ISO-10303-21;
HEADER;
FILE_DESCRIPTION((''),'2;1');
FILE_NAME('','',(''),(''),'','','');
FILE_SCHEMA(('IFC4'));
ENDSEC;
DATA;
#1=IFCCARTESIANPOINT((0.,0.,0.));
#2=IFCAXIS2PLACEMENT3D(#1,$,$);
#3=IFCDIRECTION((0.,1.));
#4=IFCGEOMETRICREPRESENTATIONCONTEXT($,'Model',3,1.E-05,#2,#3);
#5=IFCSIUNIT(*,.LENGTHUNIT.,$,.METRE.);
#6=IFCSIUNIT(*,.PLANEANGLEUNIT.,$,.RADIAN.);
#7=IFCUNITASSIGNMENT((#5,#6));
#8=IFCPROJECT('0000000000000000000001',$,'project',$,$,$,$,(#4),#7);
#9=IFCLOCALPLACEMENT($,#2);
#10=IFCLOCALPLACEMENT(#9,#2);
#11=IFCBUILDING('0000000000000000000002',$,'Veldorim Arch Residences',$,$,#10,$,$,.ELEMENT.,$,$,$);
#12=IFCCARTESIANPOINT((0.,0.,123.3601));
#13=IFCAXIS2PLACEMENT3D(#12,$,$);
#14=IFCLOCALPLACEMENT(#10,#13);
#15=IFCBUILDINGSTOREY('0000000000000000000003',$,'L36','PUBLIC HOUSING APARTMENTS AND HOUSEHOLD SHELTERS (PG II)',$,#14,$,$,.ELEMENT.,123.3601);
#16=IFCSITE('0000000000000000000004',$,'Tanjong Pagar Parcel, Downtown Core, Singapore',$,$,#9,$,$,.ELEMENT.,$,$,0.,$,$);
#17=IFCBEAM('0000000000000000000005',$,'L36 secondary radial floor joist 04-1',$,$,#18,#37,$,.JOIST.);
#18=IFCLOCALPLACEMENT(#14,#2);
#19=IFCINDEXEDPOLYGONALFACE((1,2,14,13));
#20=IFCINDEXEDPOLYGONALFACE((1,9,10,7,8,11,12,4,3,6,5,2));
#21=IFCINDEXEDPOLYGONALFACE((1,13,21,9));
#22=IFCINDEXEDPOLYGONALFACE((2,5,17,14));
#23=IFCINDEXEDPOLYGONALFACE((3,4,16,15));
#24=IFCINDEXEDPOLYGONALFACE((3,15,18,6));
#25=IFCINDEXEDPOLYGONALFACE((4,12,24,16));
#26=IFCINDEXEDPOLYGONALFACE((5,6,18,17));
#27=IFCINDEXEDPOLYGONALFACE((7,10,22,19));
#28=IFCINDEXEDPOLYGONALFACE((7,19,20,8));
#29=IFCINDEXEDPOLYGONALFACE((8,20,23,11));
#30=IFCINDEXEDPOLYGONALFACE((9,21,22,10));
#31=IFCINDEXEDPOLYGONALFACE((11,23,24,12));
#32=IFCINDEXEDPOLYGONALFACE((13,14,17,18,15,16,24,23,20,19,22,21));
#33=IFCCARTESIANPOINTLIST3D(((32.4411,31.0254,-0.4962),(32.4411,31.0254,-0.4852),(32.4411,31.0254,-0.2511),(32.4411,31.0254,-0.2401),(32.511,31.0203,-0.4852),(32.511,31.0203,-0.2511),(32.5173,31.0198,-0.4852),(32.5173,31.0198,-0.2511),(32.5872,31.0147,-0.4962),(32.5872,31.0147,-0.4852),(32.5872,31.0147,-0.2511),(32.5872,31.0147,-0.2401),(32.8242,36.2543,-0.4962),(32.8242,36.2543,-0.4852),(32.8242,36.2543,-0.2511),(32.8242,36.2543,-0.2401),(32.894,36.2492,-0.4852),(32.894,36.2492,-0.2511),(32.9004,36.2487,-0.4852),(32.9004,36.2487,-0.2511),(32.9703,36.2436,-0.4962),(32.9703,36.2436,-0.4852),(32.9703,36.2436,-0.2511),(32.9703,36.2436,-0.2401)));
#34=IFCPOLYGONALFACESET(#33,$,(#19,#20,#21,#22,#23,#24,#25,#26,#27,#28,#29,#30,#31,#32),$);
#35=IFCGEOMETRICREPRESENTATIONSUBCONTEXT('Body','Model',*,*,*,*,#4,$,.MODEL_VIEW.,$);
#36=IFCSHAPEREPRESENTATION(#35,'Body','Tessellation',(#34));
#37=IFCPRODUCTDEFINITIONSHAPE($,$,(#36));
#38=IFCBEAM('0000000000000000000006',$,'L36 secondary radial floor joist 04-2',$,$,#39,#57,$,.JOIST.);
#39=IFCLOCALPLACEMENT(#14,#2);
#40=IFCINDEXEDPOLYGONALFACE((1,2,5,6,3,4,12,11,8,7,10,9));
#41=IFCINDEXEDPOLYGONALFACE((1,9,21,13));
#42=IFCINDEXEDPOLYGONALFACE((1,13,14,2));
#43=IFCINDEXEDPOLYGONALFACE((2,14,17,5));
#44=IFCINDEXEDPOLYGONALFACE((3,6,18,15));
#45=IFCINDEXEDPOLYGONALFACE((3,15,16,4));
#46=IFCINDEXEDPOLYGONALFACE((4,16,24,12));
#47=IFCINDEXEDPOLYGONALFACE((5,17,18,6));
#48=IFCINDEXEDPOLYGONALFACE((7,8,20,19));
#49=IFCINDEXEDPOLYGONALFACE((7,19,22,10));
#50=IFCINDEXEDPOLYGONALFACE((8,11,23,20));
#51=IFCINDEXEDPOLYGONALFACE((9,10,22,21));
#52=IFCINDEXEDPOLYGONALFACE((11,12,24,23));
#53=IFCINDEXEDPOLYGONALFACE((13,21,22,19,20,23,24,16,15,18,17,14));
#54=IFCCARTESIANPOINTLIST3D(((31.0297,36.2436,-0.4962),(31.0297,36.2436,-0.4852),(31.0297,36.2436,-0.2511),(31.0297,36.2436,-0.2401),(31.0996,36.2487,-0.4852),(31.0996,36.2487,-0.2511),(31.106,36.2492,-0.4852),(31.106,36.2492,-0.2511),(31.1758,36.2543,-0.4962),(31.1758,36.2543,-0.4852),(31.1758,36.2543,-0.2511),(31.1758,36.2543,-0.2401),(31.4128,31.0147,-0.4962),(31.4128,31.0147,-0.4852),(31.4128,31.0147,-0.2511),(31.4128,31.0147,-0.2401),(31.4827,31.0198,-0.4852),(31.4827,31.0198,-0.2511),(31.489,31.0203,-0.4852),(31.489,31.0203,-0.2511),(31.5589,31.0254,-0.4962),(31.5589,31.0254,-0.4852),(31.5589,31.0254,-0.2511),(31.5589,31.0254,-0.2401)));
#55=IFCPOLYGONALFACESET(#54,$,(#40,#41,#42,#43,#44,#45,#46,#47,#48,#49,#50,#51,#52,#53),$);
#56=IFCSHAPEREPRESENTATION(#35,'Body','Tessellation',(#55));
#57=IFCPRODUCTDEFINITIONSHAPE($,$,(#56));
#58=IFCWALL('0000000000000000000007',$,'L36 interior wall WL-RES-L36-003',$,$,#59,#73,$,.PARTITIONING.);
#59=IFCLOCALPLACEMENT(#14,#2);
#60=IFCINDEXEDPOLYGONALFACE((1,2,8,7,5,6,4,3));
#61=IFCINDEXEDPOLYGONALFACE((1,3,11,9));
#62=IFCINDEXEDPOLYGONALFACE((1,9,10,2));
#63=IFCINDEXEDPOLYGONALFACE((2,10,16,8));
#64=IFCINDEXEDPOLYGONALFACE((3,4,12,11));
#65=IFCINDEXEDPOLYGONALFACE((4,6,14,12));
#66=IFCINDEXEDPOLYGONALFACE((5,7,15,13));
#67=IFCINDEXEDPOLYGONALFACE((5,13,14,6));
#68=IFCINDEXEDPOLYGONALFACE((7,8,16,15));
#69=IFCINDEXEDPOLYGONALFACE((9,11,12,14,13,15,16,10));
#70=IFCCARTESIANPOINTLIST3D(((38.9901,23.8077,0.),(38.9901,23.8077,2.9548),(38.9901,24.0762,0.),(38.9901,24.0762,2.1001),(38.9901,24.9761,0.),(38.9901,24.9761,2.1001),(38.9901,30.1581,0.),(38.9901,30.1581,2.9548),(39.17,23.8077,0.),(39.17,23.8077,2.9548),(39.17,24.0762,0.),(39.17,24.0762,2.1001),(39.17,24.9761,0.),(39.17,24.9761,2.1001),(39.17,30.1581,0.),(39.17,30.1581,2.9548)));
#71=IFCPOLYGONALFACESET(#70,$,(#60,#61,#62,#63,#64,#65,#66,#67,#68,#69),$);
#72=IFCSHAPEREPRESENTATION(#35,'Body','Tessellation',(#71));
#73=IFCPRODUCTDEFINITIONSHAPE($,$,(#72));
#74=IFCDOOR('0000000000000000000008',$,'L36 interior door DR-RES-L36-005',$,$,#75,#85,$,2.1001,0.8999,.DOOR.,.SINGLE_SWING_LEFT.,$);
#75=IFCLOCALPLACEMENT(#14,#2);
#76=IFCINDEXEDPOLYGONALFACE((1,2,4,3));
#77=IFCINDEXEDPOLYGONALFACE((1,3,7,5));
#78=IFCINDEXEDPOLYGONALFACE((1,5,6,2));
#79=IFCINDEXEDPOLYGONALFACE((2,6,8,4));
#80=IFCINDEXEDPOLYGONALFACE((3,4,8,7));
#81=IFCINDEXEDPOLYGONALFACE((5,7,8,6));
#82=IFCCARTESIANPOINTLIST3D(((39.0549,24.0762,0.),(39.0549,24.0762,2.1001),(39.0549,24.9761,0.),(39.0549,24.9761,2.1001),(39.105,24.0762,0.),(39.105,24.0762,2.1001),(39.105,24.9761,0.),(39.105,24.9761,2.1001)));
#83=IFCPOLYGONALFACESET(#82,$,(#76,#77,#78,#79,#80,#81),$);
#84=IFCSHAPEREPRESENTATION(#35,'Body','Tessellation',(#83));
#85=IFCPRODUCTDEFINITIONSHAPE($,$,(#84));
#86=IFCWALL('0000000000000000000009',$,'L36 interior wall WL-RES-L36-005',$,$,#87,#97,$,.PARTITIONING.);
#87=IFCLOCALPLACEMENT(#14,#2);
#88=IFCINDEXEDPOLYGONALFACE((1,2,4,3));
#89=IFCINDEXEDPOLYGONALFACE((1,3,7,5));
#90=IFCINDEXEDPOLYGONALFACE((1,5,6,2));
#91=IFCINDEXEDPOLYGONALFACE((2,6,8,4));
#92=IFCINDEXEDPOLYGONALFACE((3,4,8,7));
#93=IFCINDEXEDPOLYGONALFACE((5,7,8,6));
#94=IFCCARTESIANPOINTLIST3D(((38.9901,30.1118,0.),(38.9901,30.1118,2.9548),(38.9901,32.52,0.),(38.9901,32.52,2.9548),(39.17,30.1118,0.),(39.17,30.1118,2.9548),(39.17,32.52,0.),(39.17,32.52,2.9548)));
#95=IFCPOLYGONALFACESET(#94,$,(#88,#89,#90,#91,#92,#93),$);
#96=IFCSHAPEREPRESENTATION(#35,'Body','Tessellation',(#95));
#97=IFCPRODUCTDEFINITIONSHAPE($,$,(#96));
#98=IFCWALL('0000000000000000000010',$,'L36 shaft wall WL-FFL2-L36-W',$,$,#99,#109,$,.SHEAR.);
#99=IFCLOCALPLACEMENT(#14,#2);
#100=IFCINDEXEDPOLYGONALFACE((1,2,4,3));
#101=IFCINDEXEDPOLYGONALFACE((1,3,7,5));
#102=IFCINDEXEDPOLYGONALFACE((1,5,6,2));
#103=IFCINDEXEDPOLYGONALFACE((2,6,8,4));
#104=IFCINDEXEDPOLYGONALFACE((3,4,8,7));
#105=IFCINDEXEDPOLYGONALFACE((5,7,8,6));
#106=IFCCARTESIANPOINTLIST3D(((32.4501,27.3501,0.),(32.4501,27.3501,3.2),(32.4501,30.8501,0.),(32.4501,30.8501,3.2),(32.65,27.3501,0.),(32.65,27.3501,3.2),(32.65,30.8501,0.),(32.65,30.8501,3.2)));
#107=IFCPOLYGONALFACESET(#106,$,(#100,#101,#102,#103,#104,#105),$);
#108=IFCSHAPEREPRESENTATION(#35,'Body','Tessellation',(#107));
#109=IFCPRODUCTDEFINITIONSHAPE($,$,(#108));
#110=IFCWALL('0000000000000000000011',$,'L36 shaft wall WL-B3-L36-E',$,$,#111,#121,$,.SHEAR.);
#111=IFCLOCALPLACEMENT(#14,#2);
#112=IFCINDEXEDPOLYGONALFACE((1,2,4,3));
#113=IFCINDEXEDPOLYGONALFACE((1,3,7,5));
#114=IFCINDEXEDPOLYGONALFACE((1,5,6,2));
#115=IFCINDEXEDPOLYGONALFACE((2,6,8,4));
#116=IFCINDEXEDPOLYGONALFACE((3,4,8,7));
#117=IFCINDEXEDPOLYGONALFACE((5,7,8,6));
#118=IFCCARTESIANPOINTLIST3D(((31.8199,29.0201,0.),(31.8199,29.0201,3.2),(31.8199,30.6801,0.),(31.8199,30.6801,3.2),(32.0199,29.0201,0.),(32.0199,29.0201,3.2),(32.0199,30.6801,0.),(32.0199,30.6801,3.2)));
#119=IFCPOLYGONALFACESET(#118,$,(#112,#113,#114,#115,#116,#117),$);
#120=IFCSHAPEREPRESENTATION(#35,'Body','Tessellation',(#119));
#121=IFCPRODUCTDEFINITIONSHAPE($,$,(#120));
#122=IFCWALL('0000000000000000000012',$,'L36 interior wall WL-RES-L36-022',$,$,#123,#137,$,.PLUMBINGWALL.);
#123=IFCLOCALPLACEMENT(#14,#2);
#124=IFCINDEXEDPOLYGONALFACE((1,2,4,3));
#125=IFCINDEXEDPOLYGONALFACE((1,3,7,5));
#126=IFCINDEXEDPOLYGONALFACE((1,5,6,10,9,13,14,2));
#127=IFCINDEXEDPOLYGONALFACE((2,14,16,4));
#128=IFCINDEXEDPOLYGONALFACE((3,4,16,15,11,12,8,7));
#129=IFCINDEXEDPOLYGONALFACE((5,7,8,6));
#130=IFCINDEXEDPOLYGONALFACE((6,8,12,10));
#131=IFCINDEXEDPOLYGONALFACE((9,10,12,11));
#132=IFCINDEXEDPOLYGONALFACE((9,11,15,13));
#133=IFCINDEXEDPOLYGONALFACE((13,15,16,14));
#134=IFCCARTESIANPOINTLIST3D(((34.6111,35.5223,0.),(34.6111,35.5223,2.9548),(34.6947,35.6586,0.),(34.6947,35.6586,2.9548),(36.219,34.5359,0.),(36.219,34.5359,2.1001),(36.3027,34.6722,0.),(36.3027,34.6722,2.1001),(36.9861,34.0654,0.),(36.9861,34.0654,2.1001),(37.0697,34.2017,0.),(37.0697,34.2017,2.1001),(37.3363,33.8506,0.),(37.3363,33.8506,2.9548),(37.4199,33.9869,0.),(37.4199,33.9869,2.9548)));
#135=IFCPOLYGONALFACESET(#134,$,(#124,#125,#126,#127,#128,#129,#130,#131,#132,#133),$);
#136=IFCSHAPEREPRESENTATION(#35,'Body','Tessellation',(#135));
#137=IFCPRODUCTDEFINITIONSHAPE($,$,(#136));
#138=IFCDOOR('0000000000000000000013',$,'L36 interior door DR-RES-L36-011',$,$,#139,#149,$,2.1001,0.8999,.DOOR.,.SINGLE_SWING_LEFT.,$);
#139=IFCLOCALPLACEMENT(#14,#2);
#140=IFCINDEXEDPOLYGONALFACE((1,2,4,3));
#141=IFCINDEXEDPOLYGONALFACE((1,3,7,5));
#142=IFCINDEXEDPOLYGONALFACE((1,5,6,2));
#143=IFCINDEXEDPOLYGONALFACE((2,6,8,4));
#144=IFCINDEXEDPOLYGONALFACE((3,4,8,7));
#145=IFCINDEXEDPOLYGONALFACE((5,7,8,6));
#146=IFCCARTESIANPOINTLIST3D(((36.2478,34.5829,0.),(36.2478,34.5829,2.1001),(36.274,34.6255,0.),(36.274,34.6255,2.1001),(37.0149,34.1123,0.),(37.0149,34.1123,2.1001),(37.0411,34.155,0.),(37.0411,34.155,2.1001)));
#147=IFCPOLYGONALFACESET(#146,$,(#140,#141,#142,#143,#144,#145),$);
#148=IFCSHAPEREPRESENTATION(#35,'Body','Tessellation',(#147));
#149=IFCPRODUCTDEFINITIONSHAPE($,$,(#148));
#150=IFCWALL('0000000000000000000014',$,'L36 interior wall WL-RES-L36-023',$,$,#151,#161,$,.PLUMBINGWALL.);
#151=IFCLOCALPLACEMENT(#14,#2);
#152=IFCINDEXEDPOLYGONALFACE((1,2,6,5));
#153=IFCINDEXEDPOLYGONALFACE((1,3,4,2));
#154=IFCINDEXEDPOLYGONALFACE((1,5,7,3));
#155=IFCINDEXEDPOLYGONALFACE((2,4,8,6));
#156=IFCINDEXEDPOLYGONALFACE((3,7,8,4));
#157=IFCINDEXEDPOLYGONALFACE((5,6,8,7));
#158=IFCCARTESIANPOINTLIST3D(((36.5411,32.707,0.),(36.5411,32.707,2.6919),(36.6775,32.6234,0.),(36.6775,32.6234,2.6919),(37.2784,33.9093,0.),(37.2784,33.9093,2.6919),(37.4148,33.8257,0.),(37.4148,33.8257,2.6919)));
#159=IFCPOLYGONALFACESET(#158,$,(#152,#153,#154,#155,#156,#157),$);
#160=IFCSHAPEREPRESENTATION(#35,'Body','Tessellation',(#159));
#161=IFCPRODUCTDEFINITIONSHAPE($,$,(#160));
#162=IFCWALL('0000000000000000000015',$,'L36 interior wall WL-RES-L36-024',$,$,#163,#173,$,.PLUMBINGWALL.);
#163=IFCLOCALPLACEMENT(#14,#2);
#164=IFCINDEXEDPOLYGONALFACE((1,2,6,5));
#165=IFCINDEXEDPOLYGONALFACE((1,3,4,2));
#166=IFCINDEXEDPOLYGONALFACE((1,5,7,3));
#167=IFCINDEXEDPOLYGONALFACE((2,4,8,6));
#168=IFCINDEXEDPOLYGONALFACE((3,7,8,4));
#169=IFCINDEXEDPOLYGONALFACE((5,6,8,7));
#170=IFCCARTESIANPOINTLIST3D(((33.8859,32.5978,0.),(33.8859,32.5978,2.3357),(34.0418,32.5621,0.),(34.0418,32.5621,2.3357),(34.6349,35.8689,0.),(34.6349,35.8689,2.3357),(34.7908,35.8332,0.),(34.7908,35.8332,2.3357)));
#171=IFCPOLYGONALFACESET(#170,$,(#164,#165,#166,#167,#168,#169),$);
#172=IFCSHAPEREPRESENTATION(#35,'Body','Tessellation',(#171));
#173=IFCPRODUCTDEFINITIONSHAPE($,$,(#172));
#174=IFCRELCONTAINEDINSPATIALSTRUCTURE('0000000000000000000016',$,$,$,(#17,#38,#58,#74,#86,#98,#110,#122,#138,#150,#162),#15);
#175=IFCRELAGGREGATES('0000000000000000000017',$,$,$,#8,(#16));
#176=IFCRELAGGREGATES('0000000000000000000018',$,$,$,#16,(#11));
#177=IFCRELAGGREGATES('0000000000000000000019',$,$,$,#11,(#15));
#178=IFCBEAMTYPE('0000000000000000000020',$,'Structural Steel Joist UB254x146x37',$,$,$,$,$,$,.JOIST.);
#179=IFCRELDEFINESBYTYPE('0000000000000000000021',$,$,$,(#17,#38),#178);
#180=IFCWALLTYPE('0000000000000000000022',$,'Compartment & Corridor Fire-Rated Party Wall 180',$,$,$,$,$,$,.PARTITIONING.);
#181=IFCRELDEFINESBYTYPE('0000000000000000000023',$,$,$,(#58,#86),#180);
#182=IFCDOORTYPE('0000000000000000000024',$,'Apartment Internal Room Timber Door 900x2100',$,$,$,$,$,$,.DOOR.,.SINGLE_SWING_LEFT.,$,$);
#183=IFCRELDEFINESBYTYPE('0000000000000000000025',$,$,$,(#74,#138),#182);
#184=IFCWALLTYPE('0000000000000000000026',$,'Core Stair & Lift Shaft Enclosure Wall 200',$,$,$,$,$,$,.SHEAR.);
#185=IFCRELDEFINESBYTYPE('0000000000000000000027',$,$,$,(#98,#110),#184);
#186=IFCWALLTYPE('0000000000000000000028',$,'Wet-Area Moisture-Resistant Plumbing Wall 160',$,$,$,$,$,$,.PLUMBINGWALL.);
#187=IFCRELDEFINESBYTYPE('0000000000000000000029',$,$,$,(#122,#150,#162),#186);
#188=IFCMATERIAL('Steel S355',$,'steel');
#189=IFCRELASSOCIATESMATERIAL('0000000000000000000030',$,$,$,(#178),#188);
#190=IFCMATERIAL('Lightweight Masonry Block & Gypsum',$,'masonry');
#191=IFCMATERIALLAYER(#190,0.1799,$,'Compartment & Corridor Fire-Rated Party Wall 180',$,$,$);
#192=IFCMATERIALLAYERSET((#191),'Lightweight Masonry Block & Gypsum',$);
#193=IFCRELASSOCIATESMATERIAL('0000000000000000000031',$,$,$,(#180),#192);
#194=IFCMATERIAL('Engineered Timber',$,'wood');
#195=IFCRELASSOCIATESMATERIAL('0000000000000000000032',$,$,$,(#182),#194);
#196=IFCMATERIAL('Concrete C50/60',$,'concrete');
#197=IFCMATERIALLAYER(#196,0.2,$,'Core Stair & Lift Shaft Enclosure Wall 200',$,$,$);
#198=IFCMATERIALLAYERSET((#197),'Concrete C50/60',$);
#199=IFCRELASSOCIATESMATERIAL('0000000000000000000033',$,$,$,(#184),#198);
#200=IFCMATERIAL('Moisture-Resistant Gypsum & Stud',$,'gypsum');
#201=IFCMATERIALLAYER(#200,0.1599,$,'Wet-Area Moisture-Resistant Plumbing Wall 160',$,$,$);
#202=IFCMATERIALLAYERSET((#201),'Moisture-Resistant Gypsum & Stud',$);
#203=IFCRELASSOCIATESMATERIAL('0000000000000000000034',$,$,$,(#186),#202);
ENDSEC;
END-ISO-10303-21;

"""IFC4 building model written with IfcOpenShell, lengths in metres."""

from ifc_helpers import new_model, si_unit, direction, frame, frame_2d, origin, origin_2d, place, context, subcontext, project, spatial, rectangle, i_section, extrude, material, layer, layer_set, material_profile, profile_set, type_object, element, fill, save


model = new_model("IFC4")

# Units and contexts
model_context = context("Model", 3, precision=1e-05, world=origin(), true_north=direction((0.0, 1.0)))
body_context = subcontext(model_context, "Body", "Model", "MODEL_VIEW")
ifc_project = project(units=[si_unit("LENGTHUNIT", "METRE"), si_unit("PLANEANGLEUNIT", "RADIAN")], contexts=[model_context])

# Site, building, storey
site_placement = place(None, origin())
site = spatial("IfcSite", under=ifc_project, at=site_placement, Name="Tanjong Pagar Parcel, Downtown Core, Singapore", CompositionType="ELEMENT", RefElevation=0.0)
building_placement = place(site_placement, origin())
building = spatial("IfcBuilding", under=site, at=building_placement, Name="Veldorim Arch Residences", CompositionType="ELEMENT")
storey_placement = place(building_placement, frame((0.0, 0.0, 123.3601)))
storey = spatial("IfcBuildingStorey", under=building, at=storey_placement, Name="L36", Description="PUBLIC HOUSING APARTMENTS AND HOUSEHOLD SHELTERS (PG II)", CompositionType="ELEMENT", Elevation=123.3601)

# Beams
ifc_material_1 = material(Name="Steel S355", Category="steel")
ifc_material_profile_1 = material_profile(ifc_material_1, i_section(OverallWidth=0.1465, OverallDepth=0.2561, WebThickness=0.0063, FlangeThickness=0.011, at=origin_2d()), Name="UB254x146x37")
ifc_profile_set_1 = profile_set([ifc_material_profile_1], Name="Steel S355")
beam_type_1 = type_object("IfcBeamType", Name="Structural Steel Joist UB254x146x37", PredefinedType="JOIST", material=ifc_profile_set_1)
for number, where, z_axis, x_axis, name in (
    (1, (32.5142, 31.02, -0.3682), (0.07306, 0.997328, 0.0), (-0.997328, 0.07306, 0.0), "L36 secondary radial floor joist 04-1"),
    (2, (31.4858, 31.02, -0.3682), (-0.07306, 0.997328, 0.0), (-0.997328, -0.07306, 0.0), "L36 secondary radial floor joist 04-2"),
):
    element("IfcBeam", number, at=place(storey_placement, frame(where, z_axis=z_axis, x_axis=x_axis)), inside=storey, type_object=beam_type_1, Name=name, PredefinedType="JOIST", context=body_context, shape_type="SweptSolid", body=[
        extrude(i_section(OverallWidth=0.1465, OverallDepth=0.2561, WebThickness=0.0063, FlangeThickness=0.011, at=origin_2d()), origin(), (0.0, 0.0, 1.0), 5.2429),
    ])

# Wall, opening, door
ifc_material_2 = material(Name="Lightweight Masonry Block & Gypsum", Category="masonry")
ifc_layer_1 = layer(ifc_material_2, 0.1799, Name="Compartment & Corridor Fire-Rated Party Wall 180")
ifc_layer_set_1 = layer_set([ifc_layer_1], Name="Lightweight Masonry Block & Gypsum")
wall_type_1 = type_object("IfcWallType", Name="Compartment & Corridor Fire-Rated Party Wall 180", PredefinedType="PARTITIONING", material=ifc_layer_set_1)
wall_1_placement = place(storey_placement, frame((39.0801, 30.1582, 0.0), z_axis=(0.0, 0.0, 1.0), x_axis=(0.0, -1.0, 0.0)))
wall_1 = element("IfcWall", 3, at=wall_1_placement, inside=storey, type_object=wall_type_1, Name="L36 interior wall WL-RES-L36-003", PredefinedType="PARTITIONING", context=body_context, shape_type="SweptSolid", body=[
    extrude(rectangle(XDim=6.3503, YDim=0.1799, at=frame_2d((3.1753, 0.0))), origin(), (0.0, 0.0, 1.0), 2.9548),
])
opening_1_placement = place(wall_1_placement, frame((5.1821, 0.0, 0.0)))
opening_1 = element("IfcOpeningElement", 4, at=opening_1_placement, cuts=wall_1, PredefinedType="OPENING", context=body_context, shape_type="SweptSolid", body=[
    extrude(rectangle(XDim=0.8999, YDim=2.1001, at=frame_2d((0.45, 1.05))), frame((0.0, 0.0999, 0.0), z_axis=(0.0, -1.0, 0.0), x_axis=(1.0, 0.0, 0.0)), (0.0, 0.0, 1.0), 0.2),
])
ifc_material_3 = material(Name="Engineered Timber", Category="wood")
door_type_1 = type_object("IfcDoorType", Name="Apartment Internal Room Timber Door 900x2100", OperationType="SINGLE_SWING_LEFT", PredefinedType="DOOR", material=ifc_material_3)
door_1_placement = place(opening_1_placement, origin())
door_1 = element("IfcDoor", 5, at=door_1_placement, inside=storey, type_object=door_type_1, Name="L36 interior door DR-RES-L36-005", OperationType="SINGLE_SWING_LEFT", OverallHeight=2.1001, OverallWidth=0.8999, PredefinedType="DOOR", context=body_context, shape_type="SweptSolid", body=[
    extrude(rectangle(XDim=0.8999, YDim=2.1001, at=frame_2d((0.45, 1.05))), frame((0.0, 0.0249, 0.0), z_axis=(0.0, -1.0, 0.0), x_axis=(1.0, 0.0, 0.0)), (0.0, 0.0, 1.0), 0.05),
])
fill(opening_1, door_1)

# Wall
wall_2_placement = place(storey_placement, frame((39.0801, 32.52, 0.0), z_axis=(0.0, 0.0, 1.0), x_axis=(0.0, -1.0, 0.0)))
element("IfcWall", 6, at=wall_2_placement, inside=storey, type_object=wall_type_1, Name="L36 interior wall WL-RES-L36-005", PredefinedType="PARTITIONING", context=body_context, shape_type="SweptSolid", body=[
    extrude(rectangle(XDim=2.4082, YDim=0.1799, at=frame_2d((1.2041, 0.0))), origin(), (0.0, 0.0, 1.0), 2.9548),
])

# Shared definitions
ifc_material_4 = material(Name="Concrete C50/60", Category="concrete")
ifc_layer_2 = layer(ifc_material_4, 0.2, Name="Core Stair & Lift Shaft Enclosure Wall 200")
ifc_layer_set_2 = layer_set([ifc_layer_2], Name="Concrete C50/60")
wall_type_2 = type_object("IfcWallType", Name="Core Stair & Lift Shaft Enclosure Wall 200", PredefinedType="SHEAR", material=ifc_layer_set_2)

# Wall
wall_3_placement = place(storey_placement, frame((32.55, 27.3501, 0.0), z_axis=(0.0, 0.0, 1.0), x_axis=(0.0, 1.0, 0.0)))
element("IfcWall", 7, at=wall_3_placement, inside=storey, type_object=wall_type_2, Name="L36 shaft wall WL-FFL2-L36-W", PredefinedType="SHEAR", context=body_context, shape_type="SweptSolid", body=[
    extrude(rectangle(XDim=3.5, YDim=0.2, at=frame_2d((1.75, 0.0))), origin(), (0.0, 0.0, 1.0), 3.2),
])

# Wall
wall_4_placement = place(storey_placement, frame((31.9199, 29.02, 0.0), z_axis=(0.0, 0.0, 1.0), x_axis=(0.0, 1.0, 0.0)))
element("IfcWall", 8, at=wall_4_placement, inside=storey, type_object=wall_type_2, Name="L36 shaft wall WL-B3-L36-E", PredefinedType="SHEAR", context=body_context, shape_type="SweptSolid", body=[
    extrude(rectangle(XDim=1.6599, YDim=0.2, at=frame_2d((0.8301, 0.0))), origin(), (0.0, 0.0, 1.0), 3.2),
])

# Wall, opening, door
ifc_material_5 = material(Name="Moisture-Resistant Gypsum & Stud", Category="gypsum")
ifc_layer_3 = layer(ifc_material_5, 0.1599, Name="Wet-Area Moisture-Resistant Plumbing Wall 160")
ifc_layer_set_3 = layer_set([ifc_layer_3], Name="Moisture-Resistant Gypsum & Stud")
wall_type_3 = type_object("IfcWallType", Name="Wet-Area Moisture-Resistant Plumbing Wall 160", PredefinedType="PLUMBINGWALL", material=ifc_layer_set_3)
wall_5_placement = place(storey_placement, frame((37.3782, 33.9187, 0.0), z_axis=(0.0, 0.0, 1.0), x_axis=(-0.852405, 0.522883, 0.0)))
wall_5 = element("IfcWall", 9, at=wall_5_placement, inside=storey, type_object=wall_type_3, Name="L36 interior wall WL-RES-L36-022", PredefinedType="PLUMBINGWALL", context=body_context, shape_type="SweptSolid", body=[
    extrude(rectangle(XDim=3.197, YDim=0.1599, at=frame_2d((1.5986, 0.0))), origin(), (0.0, 0.0, 1.0), 2.9548),
])
opening_2_placement = place(wall_5_placement, frame((0.4109, 0.0, 0.0)))
opening_2 = element("IfcOpeningElement", 10, at=opening_2_placement, cuts=wall_5, PredefinedType="OPENING", context=body_context, shape_type="SweptSolid", body=[
    extrude(rectangle(XDim=0.8999, YDim=2.1001, at=frame_2d((0.45, 1.05))), frame((0.0, 0.0898, 0.0), z_axis=(0.0, -1.0, 0.0), x_axis=(1.0, 0.0, 0.0)), (0.0, 0.0, 1.0), 0.1799),
])
door_2_placement = place(opening_2_placement, origin())
door_2 = element("IfcDoor", 11, at=door_2_placement, inside=storey, type_object=door_type_1, Name="L36 interior door DR-RES-L36-011", OperationType="SINGLE_SWING_LEFT", OverallHeight=2.1001, OverallWidth=0.8999, PredefinedType="DOOR", context=body_context, shape_type="SweptSolid", body=[
    extrude(rectangle(XDim=0.8999, YDim=2.1001, at=frame_2d((0.45, 1.05))), frame((0.0, 0.0249, 0.0), z_axis=(0.0, -1.0, 0.0), x_axis=(1.0, 0.0, 0.0)), (0.0, 0.0, 1.0), 0.05),
])
fill(opening_2, door_2)

# Walls
wall_6_placement = place(storey_placement, frame((36.6094, 32.6653, 0.0), z_axis=(0.0, 0.0, 1.0), x_axis=(0.522745, 0.852489, 0.0)))
element("IfcWall", 12, at=wall_6_placement, inside=storey, type_object=wall_type_3, Name="L36 interior wall WL-RES-L36-023", PredefinedType="PLUMBINGWALL", context=body_context, shape_type="SweptSolid", body=[
    extrude(rectangle(XDim=1.4104, YDim=0.1599, at=frame_2d((0.7051, 0.0))), origin(), (0.0, 0.0, 1.0), 2.6919),
])
wall_7_placement = place(storey_placement, frame((33.9639, 32.5801, 0.0), z_axis=(0.0, 0.0, 1.0), x_axis=(0.223212, 0.97477, 0.0)))
element("IfcWall", 13, at=wall_7_placement, inside=storey, type_object=wall_type_3, Name="L36 interior wall WL-RES-L36-024", PredefinedType="PLUMBINGWALL", context=body_context, shape_type="SweptSolid", body=[
    extrude(rectangle(XDim=3.3557, YDim=0.1599, at=frame_2d((1.6777, 0.0))), origin(), (0.0, 0.0, 1.0), 2.3357),
])

save(model, "model.ifc")
